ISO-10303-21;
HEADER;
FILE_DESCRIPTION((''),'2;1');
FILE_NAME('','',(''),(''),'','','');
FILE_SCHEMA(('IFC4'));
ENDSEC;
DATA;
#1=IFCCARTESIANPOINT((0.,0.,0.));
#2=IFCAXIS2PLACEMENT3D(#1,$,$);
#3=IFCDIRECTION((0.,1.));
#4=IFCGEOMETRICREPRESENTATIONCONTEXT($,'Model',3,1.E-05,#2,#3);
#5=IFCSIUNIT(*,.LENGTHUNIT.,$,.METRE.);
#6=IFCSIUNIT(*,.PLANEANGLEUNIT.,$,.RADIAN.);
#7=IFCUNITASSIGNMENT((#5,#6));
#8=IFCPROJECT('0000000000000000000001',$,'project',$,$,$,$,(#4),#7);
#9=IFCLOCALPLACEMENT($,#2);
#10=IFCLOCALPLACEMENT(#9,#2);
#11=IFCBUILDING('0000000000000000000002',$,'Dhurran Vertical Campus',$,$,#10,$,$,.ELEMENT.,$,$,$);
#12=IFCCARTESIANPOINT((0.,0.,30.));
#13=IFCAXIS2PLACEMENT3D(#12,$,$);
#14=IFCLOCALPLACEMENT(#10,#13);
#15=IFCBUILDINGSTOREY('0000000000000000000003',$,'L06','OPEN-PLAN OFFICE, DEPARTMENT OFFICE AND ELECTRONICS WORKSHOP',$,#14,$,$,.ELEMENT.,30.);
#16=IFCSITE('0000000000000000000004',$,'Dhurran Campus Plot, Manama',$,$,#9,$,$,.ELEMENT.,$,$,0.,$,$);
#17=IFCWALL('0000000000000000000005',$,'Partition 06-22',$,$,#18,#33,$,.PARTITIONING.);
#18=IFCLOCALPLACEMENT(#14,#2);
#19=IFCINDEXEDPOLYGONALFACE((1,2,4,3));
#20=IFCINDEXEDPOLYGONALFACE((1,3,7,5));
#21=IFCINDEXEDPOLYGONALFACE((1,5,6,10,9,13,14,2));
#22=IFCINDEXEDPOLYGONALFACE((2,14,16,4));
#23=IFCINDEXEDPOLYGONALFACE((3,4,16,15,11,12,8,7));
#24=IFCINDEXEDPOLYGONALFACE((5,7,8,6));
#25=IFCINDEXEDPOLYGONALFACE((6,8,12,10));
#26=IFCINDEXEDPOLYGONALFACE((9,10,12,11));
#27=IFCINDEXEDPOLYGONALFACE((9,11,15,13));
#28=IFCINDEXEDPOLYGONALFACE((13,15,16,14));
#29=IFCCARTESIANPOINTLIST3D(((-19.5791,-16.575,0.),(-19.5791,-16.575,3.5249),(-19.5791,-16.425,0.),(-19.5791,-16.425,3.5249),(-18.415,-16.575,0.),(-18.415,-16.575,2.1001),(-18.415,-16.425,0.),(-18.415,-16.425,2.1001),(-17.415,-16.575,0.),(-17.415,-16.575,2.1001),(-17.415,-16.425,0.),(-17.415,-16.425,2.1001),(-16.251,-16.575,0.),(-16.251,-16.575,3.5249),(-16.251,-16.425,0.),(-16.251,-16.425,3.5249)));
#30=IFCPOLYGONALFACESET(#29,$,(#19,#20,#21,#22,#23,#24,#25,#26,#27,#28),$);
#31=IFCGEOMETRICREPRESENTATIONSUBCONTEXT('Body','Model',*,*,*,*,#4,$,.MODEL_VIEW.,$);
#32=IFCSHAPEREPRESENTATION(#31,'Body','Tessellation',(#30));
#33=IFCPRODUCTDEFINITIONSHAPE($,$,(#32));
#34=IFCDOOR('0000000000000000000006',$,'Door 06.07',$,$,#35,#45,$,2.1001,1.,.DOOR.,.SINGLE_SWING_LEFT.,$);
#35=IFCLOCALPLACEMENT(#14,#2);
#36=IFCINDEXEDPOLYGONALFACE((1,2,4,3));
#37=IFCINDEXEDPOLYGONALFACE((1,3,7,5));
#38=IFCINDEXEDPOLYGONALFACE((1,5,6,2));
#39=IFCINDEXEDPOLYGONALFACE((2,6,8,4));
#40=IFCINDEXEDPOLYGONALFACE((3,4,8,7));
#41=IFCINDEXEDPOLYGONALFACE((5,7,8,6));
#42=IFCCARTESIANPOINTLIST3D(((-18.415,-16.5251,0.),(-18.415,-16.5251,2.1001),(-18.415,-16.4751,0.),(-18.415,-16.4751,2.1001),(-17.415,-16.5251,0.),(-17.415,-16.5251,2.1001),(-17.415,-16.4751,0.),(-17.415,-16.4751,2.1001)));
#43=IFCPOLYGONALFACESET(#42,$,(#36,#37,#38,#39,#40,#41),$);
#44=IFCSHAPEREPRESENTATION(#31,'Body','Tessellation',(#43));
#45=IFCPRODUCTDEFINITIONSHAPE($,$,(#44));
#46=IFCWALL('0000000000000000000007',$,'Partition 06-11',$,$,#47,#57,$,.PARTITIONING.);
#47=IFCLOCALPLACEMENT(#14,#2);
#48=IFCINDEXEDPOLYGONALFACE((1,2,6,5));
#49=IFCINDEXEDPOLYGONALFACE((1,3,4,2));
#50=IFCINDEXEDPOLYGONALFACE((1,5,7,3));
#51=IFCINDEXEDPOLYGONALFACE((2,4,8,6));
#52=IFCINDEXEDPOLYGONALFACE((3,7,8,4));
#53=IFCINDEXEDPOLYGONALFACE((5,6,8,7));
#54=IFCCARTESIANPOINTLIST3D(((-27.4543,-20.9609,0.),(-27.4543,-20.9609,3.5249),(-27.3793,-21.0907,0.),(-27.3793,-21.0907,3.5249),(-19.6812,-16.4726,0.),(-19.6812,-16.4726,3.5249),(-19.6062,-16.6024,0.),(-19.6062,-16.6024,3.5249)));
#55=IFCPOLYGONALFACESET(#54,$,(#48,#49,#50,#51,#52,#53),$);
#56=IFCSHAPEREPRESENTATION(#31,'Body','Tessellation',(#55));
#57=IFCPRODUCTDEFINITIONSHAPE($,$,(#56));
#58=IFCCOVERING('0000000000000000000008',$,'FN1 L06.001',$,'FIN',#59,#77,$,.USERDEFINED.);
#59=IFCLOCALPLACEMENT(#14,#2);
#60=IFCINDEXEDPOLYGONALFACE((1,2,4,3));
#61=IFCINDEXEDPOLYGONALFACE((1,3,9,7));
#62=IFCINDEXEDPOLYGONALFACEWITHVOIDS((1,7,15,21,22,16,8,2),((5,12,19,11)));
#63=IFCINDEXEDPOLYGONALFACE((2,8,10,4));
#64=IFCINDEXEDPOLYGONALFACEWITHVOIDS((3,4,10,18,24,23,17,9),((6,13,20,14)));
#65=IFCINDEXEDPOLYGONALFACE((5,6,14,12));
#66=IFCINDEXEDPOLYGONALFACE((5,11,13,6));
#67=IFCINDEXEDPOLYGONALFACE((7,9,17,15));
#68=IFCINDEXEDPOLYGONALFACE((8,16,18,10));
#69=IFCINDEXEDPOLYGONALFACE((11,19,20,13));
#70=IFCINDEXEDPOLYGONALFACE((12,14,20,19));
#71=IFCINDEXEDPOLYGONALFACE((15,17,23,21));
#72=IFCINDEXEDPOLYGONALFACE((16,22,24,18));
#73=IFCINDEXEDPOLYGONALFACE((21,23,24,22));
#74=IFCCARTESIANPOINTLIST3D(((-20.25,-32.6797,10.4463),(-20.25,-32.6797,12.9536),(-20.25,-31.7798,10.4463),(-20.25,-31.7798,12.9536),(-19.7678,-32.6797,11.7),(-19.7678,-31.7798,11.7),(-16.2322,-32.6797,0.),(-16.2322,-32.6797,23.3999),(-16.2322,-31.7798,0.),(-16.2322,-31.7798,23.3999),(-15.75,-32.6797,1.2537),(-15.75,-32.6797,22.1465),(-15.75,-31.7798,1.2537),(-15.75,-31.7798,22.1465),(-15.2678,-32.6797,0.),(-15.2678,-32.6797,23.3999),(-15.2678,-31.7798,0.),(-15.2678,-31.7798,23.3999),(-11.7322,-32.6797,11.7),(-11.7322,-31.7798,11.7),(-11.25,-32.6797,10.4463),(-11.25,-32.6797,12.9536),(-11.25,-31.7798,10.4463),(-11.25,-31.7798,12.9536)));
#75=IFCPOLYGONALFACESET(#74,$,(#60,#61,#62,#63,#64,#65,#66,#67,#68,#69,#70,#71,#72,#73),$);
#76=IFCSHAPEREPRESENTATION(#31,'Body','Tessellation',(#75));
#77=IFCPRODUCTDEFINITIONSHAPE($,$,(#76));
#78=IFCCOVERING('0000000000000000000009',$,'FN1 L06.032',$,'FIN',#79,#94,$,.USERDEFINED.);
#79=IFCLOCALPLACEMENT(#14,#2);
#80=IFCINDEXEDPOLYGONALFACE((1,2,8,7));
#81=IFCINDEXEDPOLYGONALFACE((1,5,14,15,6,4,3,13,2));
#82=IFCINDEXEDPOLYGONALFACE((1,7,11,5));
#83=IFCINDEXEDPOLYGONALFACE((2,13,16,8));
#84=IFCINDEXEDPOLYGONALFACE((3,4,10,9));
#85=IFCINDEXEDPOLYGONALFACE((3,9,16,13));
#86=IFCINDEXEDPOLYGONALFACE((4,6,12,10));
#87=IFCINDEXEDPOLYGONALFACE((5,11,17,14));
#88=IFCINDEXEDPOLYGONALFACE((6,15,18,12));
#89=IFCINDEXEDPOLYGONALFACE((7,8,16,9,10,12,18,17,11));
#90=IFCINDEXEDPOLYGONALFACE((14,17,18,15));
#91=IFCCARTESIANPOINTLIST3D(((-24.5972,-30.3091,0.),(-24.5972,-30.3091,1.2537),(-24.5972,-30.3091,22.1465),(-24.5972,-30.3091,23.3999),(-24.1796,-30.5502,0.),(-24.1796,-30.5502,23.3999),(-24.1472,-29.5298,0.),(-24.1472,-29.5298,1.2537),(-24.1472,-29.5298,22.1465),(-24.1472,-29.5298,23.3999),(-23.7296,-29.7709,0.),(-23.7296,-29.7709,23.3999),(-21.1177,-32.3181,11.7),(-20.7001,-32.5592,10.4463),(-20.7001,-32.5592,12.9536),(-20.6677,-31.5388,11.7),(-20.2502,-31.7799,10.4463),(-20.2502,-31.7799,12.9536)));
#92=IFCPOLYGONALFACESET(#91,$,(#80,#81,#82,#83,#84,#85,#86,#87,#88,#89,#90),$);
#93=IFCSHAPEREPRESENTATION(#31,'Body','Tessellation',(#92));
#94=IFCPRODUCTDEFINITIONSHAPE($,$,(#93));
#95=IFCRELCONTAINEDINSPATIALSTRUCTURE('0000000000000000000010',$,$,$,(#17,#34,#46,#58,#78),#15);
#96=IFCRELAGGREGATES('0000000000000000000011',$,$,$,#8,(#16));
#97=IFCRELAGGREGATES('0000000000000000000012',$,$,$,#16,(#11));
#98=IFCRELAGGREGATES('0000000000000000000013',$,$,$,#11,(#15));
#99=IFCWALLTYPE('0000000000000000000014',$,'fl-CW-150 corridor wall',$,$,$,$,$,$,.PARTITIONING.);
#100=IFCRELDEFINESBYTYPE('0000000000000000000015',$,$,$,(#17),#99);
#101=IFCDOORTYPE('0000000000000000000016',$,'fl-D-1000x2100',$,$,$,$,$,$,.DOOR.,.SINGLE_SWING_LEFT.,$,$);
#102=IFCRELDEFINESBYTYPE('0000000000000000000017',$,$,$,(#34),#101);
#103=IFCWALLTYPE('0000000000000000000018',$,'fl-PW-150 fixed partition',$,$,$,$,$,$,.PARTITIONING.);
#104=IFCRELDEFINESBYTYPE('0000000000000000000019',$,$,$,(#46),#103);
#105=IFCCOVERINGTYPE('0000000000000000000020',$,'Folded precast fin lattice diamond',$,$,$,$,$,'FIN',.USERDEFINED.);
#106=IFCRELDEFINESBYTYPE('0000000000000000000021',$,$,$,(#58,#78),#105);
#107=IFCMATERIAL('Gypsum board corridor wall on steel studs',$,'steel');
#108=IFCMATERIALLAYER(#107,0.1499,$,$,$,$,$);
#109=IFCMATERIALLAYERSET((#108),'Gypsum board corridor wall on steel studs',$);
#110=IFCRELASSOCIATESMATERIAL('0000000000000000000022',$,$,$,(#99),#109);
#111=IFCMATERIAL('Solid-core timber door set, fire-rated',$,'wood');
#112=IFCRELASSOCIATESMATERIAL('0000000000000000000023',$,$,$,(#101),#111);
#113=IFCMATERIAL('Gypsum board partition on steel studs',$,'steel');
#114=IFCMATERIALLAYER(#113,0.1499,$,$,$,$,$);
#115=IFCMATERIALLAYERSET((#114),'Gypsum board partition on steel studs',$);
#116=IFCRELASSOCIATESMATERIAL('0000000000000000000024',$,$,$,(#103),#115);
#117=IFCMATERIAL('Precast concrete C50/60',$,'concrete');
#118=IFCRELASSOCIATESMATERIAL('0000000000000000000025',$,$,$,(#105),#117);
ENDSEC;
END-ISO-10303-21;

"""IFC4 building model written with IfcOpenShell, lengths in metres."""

from ifc_helpers import new_model, si_unit, direction, frame, frame_2d, origin, place, context, subcontext, project, spatial, polyline, rectangle, outline, extrude, material, layer, layer_set, type_object, element, fill, save


model = new_model("IFC4")

# Units and contexts
model_context = context("Model", 3, precision=1e-05, world=origin(), true_north=direction((0.0, 1.0)))
body_context = subcontext(model_context, "Body", "Model", "MODEL_VIEW")
ifc_project = project(units=[si_unit("LENGTHUNIT", "METRE"), si_unit("PLANEANGLEUNIT", "RADIAN")], contexts=[model_context])

# Site, building, storey
site_placement = place(None, origin())
site = spatial("IfcSite", under=ifc_project, at=site_placement, Name="Dhurran Campus Plot, Manama", CompositionType="ELEMENT", RefElevation=0.0)
building_placement = place(site_placement, origin())
building = spatial("IfcBuilding", under=site, at=building_placement, Name="Dhurran Vertical Campus", CompositionType="ELEMENT")
storey_placement = place(building_placement, frame((0.0, 0.0, 30.0)))
storey = spatial("IfcBuildingStorey", under=building, at=storey_placement, Name="L06", Description="OPEN-PLAN OFFICE, DEPARTMENT OFFICE AND ELECTRONICS WORKSHOP", CompositionType="ELEMENT", Elevation=30.0)

# Shared definitions
ifc_material_1 = material(Name="Gypsum board corridor wall on steel studs", Category="steel")
ifc_layer_1 = layer(ifc_material_1, 0.1499)
ifc_layer_set_1 = layer_set([ifc_layer_1], Name="Gypsum board corridor wall on steel studs")
wall_type_1 = type_object("IfcWallType", Name="fl-CW-150 corridor wall", PredefinedType="PARTITIONING", material=ifc_layer_set_1)

# Wall, opening, door
wall_1_placement = place(storey_placement, frame((-19.5791, -16.5, 0.0), z_axis=(0.0, 0.0, 1.0), x_axis=(1.0, 0.0, 0.0)))
wall_1 = element("IfcWall", 1, at=wall_1_placement, inside=storey, type_object=wall_type_1, Name="Partition 06-22", PredefinedType="PARTITIONING", context=body_context, shape_type="SweptSolid", body=[
    extrude(rectangle(XDim=3.3281, YDim=0.1499, at=frame_2d((1.6641, 0.0))), origin(), (0.0, 0.0, 1.0), 3.5249),
])
opening_1_placement = place(wall_1_placement, frame((1.1641, 0.0, 0.0)))
opening_1 = element("IfcOpeningElement", 2, at=opening_1_placement, cuts=wall_1, PredefinedType="OPENING", context=body_context, shape_type="SweptSolid", body=[
    extrude(rectangle(XDim=1.0, YDim=2.1001, at=frame_2d((0.5, 1.05))), frame((0.0, 0.085, 0.0), z_axis=(0.0, -1.0, 0.0), x_axis=(1.0, 0.0, 0.0)), (0.0, 0.0, 1.0), 0.1699),
])
ifc_material_2 = material(Name="Solid-core timber door set, fire-rated", Category="wood")
door_type = type_object("IfcDoorType", Name="fl-D-1000x2100", OperationType="SINGLE_SWING_LEFT", PredefinedType="DOOR", material=ifc_material_2)
door_placement = place(opening_1_placement, origin())
door = element("IfcDoor", 3, at=door_placement, inside=storey, type_object=door_type, Name="Door 06.07", OperationType="SINGLE_SWING_LEFT", OverallHeight=2.1001, OverallWidth=1.0, PredefinedType="DOOR", context=body_context, shape_type="SweptSolid", body=[
    extrude(rectangle(XDim=1.0, YDim=2.1001, at=frame_2d((0.5, 1.05))), frame((0.0, 0.0249, 0.0), z_axis=(0.0, -1.0, 0.0), x_axis=(1.0, 0.0, 0.0)), (0.0, 0.0, 1.0), 0.05),
])
fill(opening_1, door)

# Wall
ifc_material_3 = material(Name="Gypsum board partition on steel studs", Category="steel")
ifc_layer_2 = layer(ifc_material_3, 0.1499)
ifc_layer_set_2 = layer_set([ifc_layer_2], Name="Gypsum board partition on steel studs")
wall_type_2 = type_object("IfcWallType", Name="fl-PW-150 fixed partition", PredefinedType="PARTITIONING", material=ifc_layer_set_2)
wall_2_placement = place(storey_placement, frame((-19.6438, -16.5376, 0.0), z_axis=(0.0, 0.0, 1.0), x_axis=(-0.866005, -0.500036, 0.0)))
element("IfcWall", 4, at=wall_2_placement, inside=storey, type_object=wall_type_2, Name="Partition 06-11", PredefinedType="PARTITIONING", context=body_context, shape_type="SweptSolid", body=[
    extrude(rectangle(XDim=8.9758, YDim=0.1499, at=frame_2d((4.4878, 0.0))), origin(), (0.0, 0.0, 1.0), 3.5249),
])

# Coverings
ifc_material_4 = material(Name="Precast concrete C50/60", Category="concrete")
covering_type = type_object("IfcCoveringType", Name="Folded precast fin lattice diamond", ElementType="FIN", PredefinedType="USERDEFINED", material=ifc_material_4)
for number, where, z_axis, x_axis, name in (
    (5, (-20.25, -31.7798, 0.0), (0.0, -1.0, 0.0), (1.0, 0.0, 0.0), "FN1 L06.001"),
):
    element("IfcCovering", number, at=place(storey_placement, frame(where, z_axis=z_axis, x_axis=x_axis)), inside=storey, type_object=covering_type, Name=name, ObjectType="FIN", PredefinedType="USERDEFINED", context=body_context, shape_type="SweptSolid", body=[
        extrude(outline(polyline([(9.0, 12.9536), (9.0, 10.4463), (4.9822, 0.0), (4.0178, 0.0), (0.0, 10.4463), (0.0, 12.9536), (4.0178, 23.3999), (4.9822, 23.3999), (9.0, 12.9536)]), holes=[polyline([(8.5178, 11.7), (4.5, 22.1465), (0.4822, 11.7), (4.5, 1.2537), (8.5178, 11.7)])]), origin(), (0.0, 0.0, 1.0), 0.8999),
    ])
covering_1_placement = place(storey_placement, frame((-24.1472, -29.5298, 0.0), z_axis=(-0.50002, -0.866014, 0.0), x_axis=(0.866014, -0.50002, 0.0)))
element("IfcCovering", 6, at=covering_1_placement, inside=storey, type_object=covering_type, Name="FN1 L06.032", ObjectType="FIN", PredefinedType="USERDEFINED", context=body_context, shape_type="SweptSolid", body=[
    extrude(outline(polyline([(4.5, 10.4463), (0.4822, 0.0), (0.0, 0.0), (0.0, 1.2537), (4.0178, 11.7), (0.0, 22.1465), (0.0, 23.3999), (0.4822, 23.3999), (4.5, 12.9536), (4.5, 10.4463)])), origin(), (0.0, 0.0, 1.0), 0.8999),
])

save(model, "model.ifc")
